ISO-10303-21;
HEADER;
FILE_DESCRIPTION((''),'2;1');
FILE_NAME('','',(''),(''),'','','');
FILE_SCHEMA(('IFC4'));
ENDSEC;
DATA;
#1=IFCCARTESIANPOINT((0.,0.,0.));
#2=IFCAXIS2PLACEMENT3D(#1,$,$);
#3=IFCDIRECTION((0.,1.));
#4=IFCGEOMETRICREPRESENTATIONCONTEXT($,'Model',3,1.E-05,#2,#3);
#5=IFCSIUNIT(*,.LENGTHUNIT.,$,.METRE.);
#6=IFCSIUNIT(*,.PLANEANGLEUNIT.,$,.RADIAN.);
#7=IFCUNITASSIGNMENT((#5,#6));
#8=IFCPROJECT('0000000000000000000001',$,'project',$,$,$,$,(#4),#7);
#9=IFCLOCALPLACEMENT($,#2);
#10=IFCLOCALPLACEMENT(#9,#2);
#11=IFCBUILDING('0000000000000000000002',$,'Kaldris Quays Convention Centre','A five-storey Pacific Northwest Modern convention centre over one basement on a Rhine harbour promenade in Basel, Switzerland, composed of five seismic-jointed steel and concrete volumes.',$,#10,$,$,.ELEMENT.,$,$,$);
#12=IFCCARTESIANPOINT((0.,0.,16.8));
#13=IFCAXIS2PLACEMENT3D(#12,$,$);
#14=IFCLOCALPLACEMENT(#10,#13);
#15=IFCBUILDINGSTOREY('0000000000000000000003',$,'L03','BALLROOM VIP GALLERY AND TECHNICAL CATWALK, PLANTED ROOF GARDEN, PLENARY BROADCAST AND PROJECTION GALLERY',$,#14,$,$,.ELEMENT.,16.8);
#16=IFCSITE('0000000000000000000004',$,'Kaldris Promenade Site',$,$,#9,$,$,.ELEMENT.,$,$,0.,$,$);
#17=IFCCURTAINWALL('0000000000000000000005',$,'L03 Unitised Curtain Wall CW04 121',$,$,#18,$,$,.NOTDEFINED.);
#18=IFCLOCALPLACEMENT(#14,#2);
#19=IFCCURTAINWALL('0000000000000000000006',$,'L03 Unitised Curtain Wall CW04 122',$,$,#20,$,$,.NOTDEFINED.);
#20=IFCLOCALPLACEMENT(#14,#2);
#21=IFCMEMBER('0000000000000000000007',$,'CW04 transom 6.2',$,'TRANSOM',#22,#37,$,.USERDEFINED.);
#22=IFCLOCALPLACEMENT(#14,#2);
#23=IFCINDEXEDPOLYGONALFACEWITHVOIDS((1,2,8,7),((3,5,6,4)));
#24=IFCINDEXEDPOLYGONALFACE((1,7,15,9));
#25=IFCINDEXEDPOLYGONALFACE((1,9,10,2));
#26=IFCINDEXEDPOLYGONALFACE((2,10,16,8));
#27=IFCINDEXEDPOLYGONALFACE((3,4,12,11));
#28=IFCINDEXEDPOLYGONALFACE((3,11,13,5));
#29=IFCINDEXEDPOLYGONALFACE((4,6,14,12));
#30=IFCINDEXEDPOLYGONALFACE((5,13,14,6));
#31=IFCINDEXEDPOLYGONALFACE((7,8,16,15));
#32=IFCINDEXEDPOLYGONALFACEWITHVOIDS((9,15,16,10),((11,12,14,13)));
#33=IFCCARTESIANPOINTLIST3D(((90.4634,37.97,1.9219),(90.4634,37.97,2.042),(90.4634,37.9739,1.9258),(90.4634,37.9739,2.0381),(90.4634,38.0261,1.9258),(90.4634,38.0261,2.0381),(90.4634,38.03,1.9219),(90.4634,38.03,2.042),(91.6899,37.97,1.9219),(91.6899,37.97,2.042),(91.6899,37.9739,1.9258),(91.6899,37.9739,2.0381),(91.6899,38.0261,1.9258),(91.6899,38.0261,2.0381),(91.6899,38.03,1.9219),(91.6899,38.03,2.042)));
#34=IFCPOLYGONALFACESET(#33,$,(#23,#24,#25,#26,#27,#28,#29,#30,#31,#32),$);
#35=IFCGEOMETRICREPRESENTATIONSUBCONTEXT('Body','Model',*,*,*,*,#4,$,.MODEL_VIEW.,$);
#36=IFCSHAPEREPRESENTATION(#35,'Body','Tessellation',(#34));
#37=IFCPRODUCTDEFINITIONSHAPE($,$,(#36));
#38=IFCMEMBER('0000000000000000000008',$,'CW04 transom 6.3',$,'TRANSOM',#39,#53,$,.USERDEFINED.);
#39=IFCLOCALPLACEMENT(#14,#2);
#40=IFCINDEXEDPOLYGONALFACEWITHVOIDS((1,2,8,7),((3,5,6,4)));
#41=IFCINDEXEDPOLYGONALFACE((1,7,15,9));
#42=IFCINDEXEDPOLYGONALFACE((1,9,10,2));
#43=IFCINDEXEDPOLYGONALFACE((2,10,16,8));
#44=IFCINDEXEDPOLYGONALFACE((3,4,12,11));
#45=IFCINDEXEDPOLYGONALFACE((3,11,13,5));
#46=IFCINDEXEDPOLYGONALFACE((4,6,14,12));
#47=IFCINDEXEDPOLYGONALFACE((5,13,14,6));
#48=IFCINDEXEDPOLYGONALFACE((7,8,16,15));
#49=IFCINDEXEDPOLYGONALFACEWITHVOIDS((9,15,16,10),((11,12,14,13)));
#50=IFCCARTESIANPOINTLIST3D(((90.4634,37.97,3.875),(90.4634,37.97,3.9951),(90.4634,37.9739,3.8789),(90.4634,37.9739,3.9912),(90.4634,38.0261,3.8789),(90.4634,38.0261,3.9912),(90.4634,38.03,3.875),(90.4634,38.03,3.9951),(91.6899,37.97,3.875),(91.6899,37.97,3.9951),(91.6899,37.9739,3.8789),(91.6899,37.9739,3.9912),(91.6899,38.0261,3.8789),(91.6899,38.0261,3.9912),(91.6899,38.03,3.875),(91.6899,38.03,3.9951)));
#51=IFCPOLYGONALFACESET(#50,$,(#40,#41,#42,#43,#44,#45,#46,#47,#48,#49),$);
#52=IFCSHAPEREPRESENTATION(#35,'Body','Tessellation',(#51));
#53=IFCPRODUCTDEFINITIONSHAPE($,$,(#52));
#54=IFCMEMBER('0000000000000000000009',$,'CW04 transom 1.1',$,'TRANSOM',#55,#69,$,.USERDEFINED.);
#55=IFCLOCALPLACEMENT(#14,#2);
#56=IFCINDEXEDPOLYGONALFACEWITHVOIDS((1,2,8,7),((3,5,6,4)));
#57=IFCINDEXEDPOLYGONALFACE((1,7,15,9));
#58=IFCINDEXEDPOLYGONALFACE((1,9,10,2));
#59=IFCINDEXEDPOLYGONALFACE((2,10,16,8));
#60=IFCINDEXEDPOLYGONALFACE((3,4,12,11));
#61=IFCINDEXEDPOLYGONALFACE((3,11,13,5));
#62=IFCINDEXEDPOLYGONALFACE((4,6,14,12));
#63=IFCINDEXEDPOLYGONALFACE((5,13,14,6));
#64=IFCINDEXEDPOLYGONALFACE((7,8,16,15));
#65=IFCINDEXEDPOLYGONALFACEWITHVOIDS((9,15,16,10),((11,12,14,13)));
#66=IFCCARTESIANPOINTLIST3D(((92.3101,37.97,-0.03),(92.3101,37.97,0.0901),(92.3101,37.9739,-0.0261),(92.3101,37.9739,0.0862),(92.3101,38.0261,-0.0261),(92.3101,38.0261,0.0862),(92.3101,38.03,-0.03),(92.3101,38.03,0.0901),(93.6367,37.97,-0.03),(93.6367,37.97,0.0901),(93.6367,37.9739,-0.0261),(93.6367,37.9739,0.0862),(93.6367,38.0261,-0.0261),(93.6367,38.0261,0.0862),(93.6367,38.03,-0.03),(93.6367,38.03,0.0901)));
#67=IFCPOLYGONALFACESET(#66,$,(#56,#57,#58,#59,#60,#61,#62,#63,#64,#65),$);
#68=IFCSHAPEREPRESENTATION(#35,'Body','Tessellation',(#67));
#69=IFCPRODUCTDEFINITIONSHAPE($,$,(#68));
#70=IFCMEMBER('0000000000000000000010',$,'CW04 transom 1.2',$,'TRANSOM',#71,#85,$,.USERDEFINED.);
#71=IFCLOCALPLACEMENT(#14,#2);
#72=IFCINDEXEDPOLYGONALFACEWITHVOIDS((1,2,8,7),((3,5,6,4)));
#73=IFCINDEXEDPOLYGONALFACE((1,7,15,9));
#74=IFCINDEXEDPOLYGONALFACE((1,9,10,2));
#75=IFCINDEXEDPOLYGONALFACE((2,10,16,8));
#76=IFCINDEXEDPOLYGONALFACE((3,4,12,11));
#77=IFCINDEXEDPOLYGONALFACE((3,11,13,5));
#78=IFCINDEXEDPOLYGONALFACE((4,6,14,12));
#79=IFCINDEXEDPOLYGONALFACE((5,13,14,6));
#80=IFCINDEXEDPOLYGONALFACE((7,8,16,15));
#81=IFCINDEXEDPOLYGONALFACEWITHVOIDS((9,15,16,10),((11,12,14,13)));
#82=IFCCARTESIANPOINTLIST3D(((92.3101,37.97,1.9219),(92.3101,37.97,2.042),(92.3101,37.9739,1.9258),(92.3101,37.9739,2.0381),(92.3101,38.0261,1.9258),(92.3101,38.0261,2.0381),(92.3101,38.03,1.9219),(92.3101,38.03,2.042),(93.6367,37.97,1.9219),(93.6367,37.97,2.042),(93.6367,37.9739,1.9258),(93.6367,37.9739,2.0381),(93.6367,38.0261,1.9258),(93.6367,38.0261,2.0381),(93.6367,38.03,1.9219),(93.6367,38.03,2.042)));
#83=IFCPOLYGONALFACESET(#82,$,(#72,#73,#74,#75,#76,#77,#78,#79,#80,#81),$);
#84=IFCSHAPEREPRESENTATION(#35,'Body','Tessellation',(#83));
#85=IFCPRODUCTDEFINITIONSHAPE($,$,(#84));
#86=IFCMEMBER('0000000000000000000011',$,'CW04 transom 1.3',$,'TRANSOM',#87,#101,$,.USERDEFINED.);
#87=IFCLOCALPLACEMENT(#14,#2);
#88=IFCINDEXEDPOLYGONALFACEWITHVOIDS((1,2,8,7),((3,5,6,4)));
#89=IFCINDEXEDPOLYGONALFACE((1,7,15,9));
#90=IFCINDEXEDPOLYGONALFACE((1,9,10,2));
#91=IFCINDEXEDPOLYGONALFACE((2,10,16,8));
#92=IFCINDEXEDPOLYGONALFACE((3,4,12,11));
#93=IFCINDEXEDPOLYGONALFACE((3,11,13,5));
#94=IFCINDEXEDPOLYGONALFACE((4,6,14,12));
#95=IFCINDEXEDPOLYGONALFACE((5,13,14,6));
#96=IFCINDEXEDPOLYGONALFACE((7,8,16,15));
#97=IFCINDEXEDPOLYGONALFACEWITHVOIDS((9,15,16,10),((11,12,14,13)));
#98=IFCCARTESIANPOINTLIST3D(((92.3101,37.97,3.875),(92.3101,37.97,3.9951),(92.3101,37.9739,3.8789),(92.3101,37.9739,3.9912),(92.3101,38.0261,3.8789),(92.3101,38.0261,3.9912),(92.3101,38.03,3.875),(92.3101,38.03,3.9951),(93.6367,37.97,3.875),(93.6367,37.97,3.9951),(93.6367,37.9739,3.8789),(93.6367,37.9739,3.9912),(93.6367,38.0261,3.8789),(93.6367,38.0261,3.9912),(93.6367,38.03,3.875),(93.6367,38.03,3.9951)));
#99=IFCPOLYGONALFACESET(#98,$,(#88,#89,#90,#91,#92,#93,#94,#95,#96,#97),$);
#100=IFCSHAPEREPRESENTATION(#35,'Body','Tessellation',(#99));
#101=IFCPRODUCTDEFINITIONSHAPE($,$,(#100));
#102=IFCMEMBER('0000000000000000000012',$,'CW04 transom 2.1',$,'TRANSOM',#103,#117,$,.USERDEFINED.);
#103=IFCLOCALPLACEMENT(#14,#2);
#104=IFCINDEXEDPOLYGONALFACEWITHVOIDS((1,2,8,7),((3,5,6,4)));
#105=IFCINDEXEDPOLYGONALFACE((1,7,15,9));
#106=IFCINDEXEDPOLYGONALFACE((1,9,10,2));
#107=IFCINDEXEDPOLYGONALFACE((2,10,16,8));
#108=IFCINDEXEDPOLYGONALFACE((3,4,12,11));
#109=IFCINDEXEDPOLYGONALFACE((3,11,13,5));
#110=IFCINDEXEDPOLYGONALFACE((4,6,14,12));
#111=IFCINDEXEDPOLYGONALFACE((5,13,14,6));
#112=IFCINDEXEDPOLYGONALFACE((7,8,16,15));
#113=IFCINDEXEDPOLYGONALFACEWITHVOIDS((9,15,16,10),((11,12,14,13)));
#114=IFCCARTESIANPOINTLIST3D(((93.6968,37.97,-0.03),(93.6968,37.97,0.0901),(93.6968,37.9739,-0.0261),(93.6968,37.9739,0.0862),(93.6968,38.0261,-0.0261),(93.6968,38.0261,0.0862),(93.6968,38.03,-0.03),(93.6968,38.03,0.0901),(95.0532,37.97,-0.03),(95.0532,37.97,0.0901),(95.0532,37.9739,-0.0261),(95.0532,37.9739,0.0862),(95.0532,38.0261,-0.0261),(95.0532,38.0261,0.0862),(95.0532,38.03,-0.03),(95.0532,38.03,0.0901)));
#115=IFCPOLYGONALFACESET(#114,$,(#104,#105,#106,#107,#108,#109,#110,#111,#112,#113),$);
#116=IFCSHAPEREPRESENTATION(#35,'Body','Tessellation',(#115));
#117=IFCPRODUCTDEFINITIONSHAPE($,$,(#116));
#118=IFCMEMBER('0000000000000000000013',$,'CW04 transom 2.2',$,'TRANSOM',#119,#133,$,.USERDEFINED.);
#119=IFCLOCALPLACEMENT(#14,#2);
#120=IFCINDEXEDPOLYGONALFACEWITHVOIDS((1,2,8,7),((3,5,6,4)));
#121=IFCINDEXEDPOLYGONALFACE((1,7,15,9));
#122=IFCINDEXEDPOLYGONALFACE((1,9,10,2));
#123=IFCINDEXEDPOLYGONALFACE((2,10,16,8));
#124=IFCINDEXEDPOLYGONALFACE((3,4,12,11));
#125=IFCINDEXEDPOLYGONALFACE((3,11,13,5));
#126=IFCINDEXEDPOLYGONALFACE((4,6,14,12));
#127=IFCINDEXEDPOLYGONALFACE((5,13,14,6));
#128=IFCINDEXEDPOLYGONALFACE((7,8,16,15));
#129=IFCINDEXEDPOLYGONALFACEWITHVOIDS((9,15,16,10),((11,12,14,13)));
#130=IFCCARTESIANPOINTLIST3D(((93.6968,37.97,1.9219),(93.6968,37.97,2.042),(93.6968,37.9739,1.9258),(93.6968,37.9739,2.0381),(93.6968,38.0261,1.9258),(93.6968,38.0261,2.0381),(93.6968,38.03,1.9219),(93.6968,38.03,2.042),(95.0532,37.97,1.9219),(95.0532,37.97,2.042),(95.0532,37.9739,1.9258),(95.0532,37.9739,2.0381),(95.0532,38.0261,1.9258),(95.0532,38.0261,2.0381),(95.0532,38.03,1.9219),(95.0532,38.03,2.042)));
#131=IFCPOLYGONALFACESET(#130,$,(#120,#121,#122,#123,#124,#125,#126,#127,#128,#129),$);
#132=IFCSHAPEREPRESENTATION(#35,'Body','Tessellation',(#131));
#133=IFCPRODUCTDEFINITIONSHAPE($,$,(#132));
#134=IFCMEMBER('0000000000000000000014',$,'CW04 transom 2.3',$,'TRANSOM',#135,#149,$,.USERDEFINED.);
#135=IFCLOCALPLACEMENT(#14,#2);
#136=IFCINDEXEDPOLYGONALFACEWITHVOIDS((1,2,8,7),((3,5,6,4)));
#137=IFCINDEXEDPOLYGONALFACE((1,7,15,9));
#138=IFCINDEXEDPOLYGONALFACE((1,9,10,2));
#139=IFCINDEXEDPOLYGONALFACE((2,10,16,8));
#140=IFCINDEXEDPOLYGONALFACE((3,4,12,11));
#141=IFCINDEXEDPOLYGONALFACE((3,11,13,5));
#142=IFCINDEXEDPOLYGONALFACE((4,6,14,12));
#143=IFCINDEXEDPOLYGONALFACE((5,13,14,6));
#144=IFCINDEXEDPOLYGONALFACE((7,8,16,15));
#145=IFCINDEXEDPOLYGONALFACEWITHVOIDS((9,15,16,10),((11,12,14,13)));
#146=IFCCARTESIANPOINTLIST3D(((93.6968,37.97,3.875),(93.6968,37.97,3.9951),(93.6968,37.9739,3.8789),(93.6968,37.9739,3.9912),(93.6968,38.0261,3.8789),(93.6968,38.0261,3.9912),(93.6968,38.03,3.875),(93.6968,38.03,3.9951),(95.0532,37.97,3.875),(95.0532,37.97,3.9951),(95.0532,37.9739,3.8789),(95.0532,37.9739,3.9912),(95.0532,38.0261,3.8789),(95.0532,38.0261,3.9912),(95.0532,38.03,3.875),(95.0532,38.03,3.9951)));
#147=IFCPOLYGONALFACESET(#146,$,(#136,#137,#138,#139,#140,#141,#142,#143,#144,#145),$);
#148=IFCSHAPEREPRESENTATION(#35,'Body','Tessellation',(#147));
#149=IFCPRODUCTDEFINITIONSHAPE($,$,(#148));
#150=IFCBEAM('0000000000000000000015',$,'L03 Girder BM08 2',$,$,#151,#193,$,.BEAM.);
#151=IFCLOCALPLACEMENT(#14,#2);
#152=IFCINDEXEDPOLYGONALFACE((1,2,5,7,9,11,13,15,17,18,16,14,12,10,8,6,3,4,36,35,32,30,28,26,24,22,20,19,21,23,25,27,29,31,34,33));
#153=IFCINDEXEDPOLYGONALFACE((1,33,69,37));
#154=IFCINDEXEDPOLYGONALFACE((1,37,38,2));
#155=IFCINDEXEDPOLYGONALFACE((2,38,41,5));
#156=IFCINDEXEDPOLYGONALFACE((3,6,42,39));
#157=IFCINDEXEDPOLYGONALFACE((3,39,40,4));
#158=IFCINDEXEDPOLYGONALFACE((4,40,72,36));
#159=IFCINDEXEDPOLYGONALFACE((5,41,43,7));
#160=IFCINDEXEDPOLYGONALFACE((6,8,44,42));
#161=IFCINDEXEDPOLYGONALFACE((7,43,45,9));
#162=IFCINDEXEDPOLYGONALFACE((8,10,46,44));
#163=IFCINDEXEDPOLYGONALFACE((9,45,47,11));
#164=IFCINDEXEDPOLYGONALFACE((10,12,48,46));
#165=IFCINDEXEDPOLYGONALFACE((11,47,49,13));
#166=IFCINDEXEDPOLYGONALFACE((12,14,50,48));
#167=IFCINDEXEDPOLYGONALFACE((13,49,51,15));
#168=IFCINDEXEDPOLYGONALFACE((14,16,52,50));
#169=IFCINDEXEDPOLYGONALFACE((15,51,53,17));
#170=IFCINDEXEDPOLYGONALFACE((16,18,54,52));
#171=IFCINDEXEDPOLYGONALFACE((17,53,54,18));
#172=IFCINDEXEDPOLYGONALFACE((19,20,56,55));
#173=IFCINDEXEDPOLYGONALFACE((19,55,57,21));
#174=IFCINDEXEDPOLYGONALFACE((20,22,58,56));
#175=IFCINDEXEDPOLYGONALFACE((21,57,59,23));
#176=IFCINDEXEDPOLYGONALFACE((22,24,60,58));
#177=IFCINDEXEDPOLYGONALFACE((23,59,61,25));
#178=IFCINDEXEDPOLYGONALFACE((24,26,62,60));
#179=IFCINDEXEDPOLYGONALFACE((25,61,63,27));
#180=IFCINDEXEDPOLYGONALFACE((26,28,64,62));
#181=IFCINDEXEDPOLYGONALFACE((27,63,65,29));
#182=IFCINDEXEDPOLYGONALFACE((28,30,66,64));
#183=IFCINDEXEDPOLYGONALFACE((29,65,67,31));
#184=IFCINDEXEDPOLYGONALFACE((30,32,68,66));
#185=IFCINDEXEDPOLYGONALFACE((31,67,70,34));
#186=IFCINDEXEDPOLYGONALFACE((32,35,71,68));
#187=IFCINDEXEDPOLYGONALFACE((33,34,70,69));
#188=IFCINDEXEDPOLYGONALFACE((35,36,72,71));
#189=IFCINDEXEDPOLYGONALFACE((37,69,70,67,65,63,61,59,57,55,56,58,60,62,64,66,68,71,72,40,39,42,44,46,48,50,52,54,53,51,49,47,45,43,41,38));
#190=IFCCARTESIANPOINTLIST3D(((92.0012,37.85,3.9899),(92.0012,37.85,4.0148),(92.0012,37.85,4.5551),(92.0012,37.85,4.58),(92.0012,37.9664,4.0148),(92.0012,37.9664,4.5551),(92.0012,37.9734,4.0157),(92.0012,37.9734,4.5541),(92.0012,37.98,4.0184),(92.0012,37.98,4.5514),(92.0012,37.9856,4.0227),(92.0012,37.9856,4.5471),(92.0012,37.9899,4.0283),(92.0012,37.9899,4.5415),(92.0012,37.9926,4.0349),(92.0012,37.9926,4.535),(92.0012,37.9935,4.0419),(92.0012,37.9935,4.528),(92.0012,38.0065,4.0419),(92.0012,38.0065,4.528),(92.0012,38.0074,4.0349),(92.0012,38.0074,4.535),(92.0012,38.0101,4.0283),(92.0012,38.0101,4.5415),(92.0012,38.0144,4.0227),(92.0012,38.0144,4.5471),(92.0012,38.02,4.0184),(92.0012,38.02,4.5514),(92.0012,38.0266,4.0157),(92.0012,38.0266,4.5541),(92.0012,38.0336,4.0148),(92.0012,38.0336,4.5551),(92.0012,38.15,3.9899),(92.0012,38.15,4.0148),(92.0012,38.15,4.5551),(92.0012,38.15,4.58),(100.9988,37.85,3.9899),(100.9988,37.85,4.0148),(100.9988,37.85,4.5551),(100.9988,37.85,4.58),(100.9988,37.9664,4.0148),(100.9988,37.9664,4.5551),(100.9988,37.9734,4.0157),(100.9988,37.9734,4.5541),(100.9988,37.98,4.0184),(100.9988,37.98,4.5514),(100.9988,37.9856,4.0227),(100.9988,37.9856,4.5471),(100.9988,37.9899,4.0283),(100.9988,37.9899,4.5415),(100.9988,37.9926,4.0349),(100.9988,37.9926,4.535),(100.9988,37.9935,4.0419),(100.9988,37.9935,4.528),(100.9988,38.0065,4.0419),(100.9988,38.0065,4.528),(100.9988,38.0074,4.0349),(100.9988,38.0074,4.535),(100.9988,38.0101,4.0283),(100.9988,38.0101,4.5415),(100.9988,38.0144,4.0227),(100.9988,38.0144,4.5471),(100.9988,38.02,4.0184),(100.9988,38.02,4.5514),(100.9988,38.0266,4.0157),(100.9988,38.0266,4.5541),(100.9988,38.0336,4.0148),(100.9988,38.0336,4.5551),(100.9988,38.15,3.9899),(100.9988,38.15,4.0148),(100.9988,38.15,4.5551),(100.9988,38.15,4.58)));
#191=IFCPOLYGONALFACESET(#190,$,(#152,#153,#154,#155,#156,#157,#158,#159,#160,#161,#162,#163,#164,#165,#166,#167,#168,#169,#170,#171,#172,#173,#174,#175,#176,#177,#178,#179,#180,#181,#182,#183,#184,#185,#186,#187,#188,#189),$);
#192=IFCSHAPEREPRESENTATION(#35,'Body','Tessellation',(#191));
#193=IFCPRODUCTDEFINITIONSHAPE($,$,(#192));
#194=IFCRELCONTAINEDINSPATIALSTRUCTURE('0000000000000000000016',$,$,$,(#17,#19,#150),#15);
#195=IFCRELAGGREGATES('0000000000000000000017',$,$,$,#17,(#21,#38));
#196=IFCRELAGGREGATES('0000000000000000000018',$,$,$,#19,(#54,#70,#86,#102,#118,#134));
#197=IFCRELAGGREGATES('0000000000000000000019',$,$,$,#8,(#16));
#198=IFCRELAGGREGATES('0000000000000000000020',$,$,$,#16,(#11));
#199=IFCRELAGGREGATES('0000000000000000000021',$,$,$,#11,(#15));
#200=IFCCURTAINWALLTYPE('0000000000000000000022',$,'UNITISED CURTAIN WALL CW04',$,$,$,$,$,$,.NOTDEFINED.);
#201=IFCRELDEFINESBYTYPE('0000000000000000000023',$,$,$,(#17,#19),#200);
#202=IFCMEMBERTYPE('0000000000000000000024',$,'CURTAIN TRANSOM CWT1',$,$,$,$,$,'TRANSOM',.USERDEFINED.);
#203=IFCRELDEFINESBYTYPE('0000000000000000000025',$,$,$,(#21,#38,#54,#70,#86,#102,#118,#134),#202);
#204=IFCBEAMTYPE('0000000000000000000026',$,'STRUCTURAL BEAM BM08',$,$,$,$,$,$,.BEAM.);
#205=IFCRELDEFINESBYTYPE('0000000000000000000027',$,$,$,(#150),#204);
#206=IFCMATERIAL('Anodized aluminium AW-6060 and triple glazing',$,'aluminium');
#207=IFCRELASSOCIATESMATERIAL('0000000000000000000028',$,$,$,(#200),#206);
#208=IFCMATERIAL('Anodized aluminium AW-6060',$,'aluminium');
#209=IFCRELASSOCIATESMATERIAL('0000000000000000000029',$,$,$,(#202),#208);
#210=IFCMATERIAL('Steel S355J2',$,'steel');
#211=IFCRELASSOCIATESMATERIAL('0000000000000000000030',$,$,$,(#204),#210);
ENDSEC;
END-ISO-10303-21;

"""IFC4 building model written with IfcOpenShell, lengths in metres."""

from ifc_helpers import new_model, si_unit, direction, frame, origin, origin_2d, place, context, subcontext, project, spatial, hollow_rectangle, i_section, extrude, material, material_profile, profile_set, type_object, element, aggregate, save


model = new_model("IFC4")

# Units and contexts
model_context = context("Model", 3, precision=1e-05, world=origin(), true_north=direction((0.0, 1.0)))
body_context = subcontext(model_context, "Body", "Model", "MODEL_VIEW")
ifc_project = project(units=[si_unit("LENGTHUNIT", "METRE"), si_unit("PLANEANGLEUNIT", "RADIAN")], contexts=[model_context])

# Site, building, storey
site_placement = place(None, origin())
site = spatial("IfcSite", under=ifc_project, at=site_placement, Name="Kaldris Promenade Site", CompositionType="ELEMENT", RefElevation=0.0)
building_placement = place(site_placement, origin())
building = spatial("IfcBuilding", under=site, at=building_placement, Name="Kaldris Quays Convention Centre", Description="A five-storey Pacific Northwest Modern convention centre over one basement on a Rhine harbour promenade in Basel, Switzerland, composed of five seismic-jointed steel and concrete volumes.", CompositionType="ELEMENT")
storey_placement = place(building_placement, frame((0.0, 0.0, 16.8)))
storey = spatial("IfcBuildingStorey", under=building, at=storey_placement, Name="L03", Description="BALLROOM VIP GALLERY AND TECHNICAL CATWALK, PLANTED ROOF GARDEN, PLENARY BROADCAST AND PROJECTION GALLERY", CompositionType="ELEMENT", Elevation=16.8)

# Shared definitions
ifc_material_1 = material(Name="Steel S355J2", Category="steel")

# Curtain walls
ifc_material_2 = material(Name="Anodized aluminium AW-6060 and triple glazing", Category="aluminium")
curtain_wall_type = type_object("IfcCurtainWallType", Name="UNITISED CURTAIN WALL CW04", PredefinedType="NOTDEFINED", material=ifc_material_2)
curtain_wall_1_placement = place(storey_placement, origin())
curtain_wall_1 = element("IfcCurtainWall", 1, at=curtain_wall_1_placement, inside=storey, type_object=curtain_wall_type, Name="L03 Unitised Curtain Wall CW04 121", PredefinedType="NOTDEFINED")
ifc_material_3 = material(Name="Anodized aluminium AW-6060", Category="aluminium")
curtain_wall_2_placement = place(storey_placement, origin())
curtain_wall_2 = element("IfcCurtainWall", 2, at=curtain_wall_2_placement, inside=storey, type_object=curtain_wall_type, Name="L03 Unitised Curtain Wall CW04 122", PredefinedType="NOTDEFINED")

# Members
ifc_material_profile_1 = material_profile(ifc_material_3, hollow_rectangle(XDim=0.0601, YDim=0.1201, WallThickness=0.0039, at=origin_2d()), Name="RHS 120x60x4")
ifc_profile_set_1 = profile_set([ifc_material_profile_1], Name="Anodized aluminium AW-6060")
member_type_1 = type_object("IfcMemberType", Name="CURTAIN TRANSOM CWT1", ElementType="TRANSOM", PredefinedType="USERDEFINED", material=ifc_profile_set_1)
member_1_placement = place(storey_placement, frame((90.4634, 38.0, 1.9819), z_axis=(1.0, 0.0, 0.0), x_axis=(0.0, 1.0, 0.0)))
member_1 = element("IfcMember", 3, at=member_1_placement, type_object=member_type_1, Name="CW04 transom 6.2", ObjectType="TRANSOM", PredefinedType="USERDEFINED", context=body_context, shape_type="SweptSolid", body=[
    extrude(hollow_rectangle(XDim=0.0601, YDim=0.1201, WallThickness=0.0039, at=origin_2d()), origin(), (0.0, 0.0, 1.0), 1.2266),
])
member_2_placement = place(storey_placement, frame((90.4634, 38.0, 3.9351), z_axis=(1.0, 0.0, 0.0), x_axis=(0.0, 1.0, 0.0)))
member_2 = element("IfcMember", 4, at=member_2_placement, type_object=member_type_1, Name="CW04 transom 6.3", ObjectType="TRANSOM", PredefinedType="USERDEFINED", context=body_context, shape_type="SweptSolid", body=[
    extrude(hollow_rectangle(XDim=0.0601, YDim=0.1201, WallThickness=0.0039, at=origin_2d()), origin(), (0.0, 0.0, 1.0), 1.2266),
])
member_3_placement = place(storey_placement, frame((92.3101, 38.0, 0.03), z_axis=(1.0, 0.0, 0.0), x_axis=(0.0, 1.0, 0.0)))
member_3 = element("IfcMember", 5, at=member_3_placement, type_object=member_type_1, Name="CW04 transom 1.1", ObjectType="TRANSOM", PredefinedType="USERDEFINED", context=body_context, shape_type="SweptSolid", body=[
    extrude(hollow_rectangle(XDim=0.0601, YDim=0.1201, WallThickness=0.0039, at=origin_2d()), origin(), (0.0, 0.0, 1.0), 1.3267),
])
member_4_placement = place(storey_placement, frame((92.3101, 38.0, 1.9819), z_axis=(1.0, 0.0, 0.0), x_axis=(0.0, 1.0, 0.0)))
member_4 = element("IfcMember", 6, at=member_4_placement, type_object=member_type_1, Name="CW04 transom 1.2", ObjectType="TRANSOM", PredefinedType="USERDEFINED", context=body_context, shape_type="SweptSolid", body=[
    extrude(hollow_rectangle(XDim=0.0601, YDim=0.1201, WallThickness=0.0039, at=origin_2d()), origin(), (0.0, 0.0, 1.0), 1.3267),
])
member_5_placement = place(storey_placement, frame((92.3101, 38.0, 3.9351), z_axis=(1.0, 0.0, 0.0), x_axis=(0.0, 1.0, 0.0)))
member_5 = element("IfcMember", 7, at=member_5_placement, type_object=member_type_1, Name="CW04 transom 1.3", ObjectType="TRANSOM", PredefinedType="USERDEFINED", context=body_context, shape_type="SweptSolid", body=[
    extrude(hollow_rectangle(XDim=0.0601, YDim=0.1201, WallThickness=0.0039, at=origin_2d()), origin(), (0.0, 0.0, 1.0), 1.3267),
])
member_6_placement = place(storey_placement, frame((93.6968, 38.0, 0.03), z_axis=(1.0, 0.0, 0.0), x_axis=(0.0, 1.0, 0.0)))
member_6 = element("IfcMember", 8, at=member_6_placement, type_object=member_type_1, Name="CW04 transom 2.1", ObjectType="TRANSOM", PredefinedType="USERDEFINED", context=body_context, shape_type="SweptSolid", body=[
    extrude(hollow_rectangle(XDim=0.0601, YDim=0.1201, WallThickness=0.0039, at=origin_2d()), origin(), (0.0, 0.0, 1.0), 1.3564),
])
member_7_placement = place(storey_placement, frame((93.6968, 38.0, 1.9819), z_axis=(1.0, 0.0, 0.0), x_axis=(0.0, 1.0, 0.0)))
member_7 = element("IfcMember", 9, at=member_7_placement, type_object=member_type_1, Name="CW04 transom 2.2", ObjectType="TRANSOM", PredefinedType="USERDEFINED", context=body_context, shape_type="SweptSolid", body=[
    extrude(hollow_rectangle(XDim=0.0601, YDim=0.1201, WallThickness=0.0039, at=origin_2d()), origin(), (0.0, 0.0, 1.0), 1.3564),
])
member_8_placement = place(storey_placement, frame((93.6968, 38.0, 3.9351), z_axis=(1.0, 0.0, 0.0), x_axis=(0.0, 1.0, 0.0)))
member_8 = element("IfcMember", 10, at=member_8_placement, type_object=member_type_1, Name="CW04 transom 2.3", ObjectType="TRANSOM", PredefinedType="USERDEFINED", context=body_context, shape_type="SweptSolid", body=[
    extrude(hollow_rectangle(XDim=0.0601, YDim=0.1201, WallThickness=0.0039, at=origin_2d()), origin(), (0.0, 0.0, 1.0), 1.3564),
])

# Beam
ifc_material_profile_2 = material_profile(ifc_material_1, i_section(OverallWidth=0.3, OverallDepth=0.5901, WebThickness=0.0129, FlangeThickness=0.0249, FilletRadius=0.0271, at=origin_2d()), Name="HEA 600")
ifc_profile_set_2 = profile_set([ifc_material_profile_2], Name="Steel S355J2")
beam_type = type_object("IfcBeamType", Name="STRUCTURAL BEAM BM08", PredefinedType="BEAM", material=ifc_profile_set_2)
beam_placement = place(storey_placement, frame((92.0012, 38.0, 4.2849), z_axis=(1.0, 0.0, 0.0), x_axis=(0.0, 1.0, 0.0)))
element("IfcBeam", 11, at=beam_placement, inside=storey, type_object=beam_type, Name="L03 Girder BM08 2", PredefinedType="BEAM", context=body_context, shape_type="SweptSolid", body=[
    extrude(i_section(OverallWidth=0.3, OverallDepth=0.5901, WebThickness=0.0129, FlangeThickness=0.0249, FilletRadius=0.0271, at=origin_2d()), origin(), (0.0, 0.0, 1.0), 8.9976),
])

aggregate(curtain_wall_1, [member_1, member_2])
aggregate(curtain_wall_2, [member_3, member_4, member_5, member_6, member_7, member_8])

save(model, "model.ifc")
